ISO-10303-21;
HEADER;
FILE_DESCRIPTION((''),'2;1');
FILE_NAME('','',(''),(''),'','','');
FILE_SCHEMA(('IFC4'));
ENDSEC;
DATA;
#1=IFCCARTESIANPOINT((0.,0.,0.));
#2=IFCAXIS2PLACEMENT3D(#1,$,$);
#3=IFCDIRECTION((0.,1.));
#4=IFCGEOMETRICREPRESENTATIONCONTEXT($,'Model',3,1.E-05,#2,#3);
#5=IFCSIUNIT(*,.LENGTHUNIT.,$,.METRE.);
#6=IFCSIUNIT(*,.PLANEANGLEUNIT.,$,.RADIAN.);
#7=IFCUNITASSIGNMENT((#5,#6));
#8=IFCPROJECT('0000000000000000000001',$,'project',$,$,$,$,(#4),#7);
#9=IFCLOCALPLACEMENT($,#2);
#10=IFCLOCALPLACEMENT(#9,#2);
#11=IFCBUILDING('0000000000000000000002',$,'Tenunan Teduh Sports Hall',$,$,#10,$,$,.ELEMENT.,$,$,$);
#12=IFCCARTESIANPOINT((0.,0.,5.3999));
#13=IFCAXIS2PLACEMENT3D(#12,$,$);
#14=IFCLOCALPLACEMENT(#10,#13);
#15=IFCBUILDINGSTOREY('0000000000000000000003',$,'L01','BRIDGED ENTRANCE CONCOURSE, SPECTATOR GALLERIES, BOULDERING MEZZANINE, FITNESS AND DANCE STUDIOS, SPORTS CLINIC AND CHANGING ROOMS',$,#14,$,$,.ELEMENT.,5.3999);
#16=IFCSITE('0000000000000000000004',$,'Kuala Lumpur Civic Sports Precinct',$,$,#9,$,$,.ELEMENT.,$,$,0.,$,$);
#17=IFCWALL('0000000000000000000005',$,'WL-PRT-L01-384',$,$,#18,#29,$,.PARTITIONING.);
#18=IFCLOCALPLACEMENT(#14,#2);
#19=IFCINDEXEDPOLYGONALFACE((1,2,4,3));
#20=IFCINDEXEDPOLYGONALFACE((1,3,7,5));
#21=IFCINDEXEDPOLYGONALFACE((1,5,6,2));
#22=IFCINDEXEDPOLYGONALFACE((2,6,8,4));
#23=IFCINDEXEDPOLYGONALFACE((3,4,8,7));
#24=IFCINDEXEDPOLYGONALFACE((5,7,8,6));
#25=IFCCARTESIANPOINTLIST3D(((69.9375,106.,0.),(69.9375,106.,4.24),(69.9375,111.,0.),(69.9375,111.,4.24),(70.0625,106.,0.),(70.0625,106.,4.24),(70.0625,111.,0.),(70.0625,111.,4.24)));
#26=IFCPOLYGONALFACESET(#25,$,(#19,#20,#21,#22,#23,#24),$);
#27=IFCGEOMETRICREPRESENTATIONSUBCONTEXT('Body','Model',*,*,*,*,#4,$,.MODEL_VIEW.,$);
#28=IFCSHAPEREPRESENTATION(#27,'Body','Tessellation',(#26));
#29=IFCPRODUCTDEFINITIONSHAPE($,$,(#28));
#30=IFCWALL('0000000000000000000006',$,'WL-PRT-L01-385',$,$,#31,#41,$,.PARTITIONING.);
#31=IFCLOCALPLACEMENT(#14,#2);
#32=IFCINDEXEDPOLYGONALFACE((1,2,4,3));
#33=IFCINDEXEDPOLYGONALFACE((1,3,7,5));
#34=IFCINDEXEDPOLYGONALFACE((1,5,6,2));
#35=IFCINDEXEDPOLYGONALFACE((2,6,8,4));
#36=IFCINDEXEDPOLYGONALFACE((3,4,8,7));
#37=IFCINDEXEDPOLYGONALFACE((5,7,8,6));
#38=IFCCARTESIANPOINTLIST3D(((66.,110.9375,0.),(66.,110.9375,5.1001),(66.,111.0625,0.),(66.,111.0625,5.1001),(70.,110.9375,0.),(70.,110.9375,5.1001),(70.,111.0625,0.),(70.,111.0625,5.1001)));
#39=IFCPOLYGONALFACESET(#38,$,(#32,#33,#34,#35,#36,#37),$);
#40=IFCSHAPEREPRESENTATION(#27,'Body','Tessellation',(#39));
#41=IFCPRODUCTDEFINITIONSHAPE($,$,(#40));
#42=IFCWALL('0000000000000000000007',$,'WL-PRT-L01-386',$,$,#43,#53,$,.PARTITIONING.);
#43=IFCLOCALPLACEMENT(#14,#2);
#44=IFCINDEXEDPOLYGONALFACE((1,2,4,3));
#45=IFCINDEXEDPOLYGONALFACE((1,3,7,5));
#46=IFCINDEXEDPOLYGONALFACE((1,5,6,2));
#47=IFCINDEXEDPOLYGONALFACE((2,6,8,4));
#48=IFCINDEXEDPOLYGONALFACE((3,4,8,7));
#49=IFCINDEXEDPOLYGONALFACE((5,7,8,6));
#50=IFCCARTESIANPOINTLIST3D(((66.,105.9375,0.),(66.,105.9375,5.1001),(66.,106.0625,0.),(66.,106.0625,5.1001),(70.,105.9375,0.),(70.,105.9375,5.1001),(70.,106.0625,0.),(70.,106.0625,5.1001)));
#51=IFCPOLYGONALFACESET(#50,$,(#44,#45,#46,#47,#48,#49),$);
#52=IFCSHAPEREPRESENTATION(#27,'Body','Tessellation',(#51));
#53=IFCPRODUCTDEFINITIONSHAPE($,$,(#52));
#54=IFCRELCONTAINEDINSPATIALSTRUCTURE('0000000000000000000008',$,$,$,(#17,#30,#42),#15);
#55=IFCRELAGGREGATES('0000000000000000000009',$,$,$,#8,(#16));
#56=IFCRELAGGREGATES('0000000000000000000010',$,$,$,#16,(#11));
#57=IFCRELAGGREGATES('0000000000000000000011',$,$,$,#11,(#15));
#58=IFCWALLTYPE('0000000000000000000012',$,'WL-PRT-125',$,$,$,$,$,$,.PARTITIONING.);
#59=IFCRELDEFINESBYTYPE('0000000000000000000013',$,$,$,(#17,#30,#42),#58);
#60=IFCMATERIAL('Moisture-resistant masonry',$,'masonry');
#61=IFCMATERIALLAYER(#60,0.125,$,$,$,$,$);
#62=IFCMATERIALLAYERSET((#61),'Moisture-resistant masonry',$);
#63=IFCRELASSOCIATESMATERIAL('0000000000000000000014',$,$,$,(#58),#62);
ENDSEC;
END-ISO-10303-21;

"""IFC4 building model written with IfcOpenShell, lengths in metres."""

from ifc_helpers import new_model, si_unit, direction, frame, frame_2d, origin, place, context, subcontext, project, spatial, rectangle, extrude, material, layer, layer_set, type_object, element, save


model = new_model("IFC4")

# Units and contexts
model_context = context("Model", 3, precision=1e-05, world=origin(), true_north=direction((0.0, 1.0)))
body_context = subcontext(model_context, "Body", "Model", "MODEL_VIEW")
ifc_project = project(units=[si_unit("LENGTHUNIT", "METRE"), si_unit("PLANEANGLEUNIT", "RADIAN")], contexts=[model_context])

# Site, building, storey
site_placement = place(None, origin())
site = spatial("IfcSite", under=ifc_project, at=site_placement, Name="Kuala Lumpur Civic Sports Precinct", CompositionType="ELEMENT", RefElevation=0.0)
building_placement = place(site_placement, origin())
building = spatial("IfcBuilding", under=site, at=building_placement, Name="Tenunan Teduh Sports Hall", CompositionType="ELEMENT")
storey_placement = place(building_placement, frame((0.0, 0.0, 5.3999)))
storey = spatial("IfcBuildingStorey", under=building, at=storey_placement, Name="L01", Description="BRIDGED ENTRANCE CONCOURSE, SPECTATOR GALLERIES, BOULDERING MEZZANINE, FITNESS AND DANCE STUDIOS, SPORTS CLINIC AND CHANGING ROOMS", CompositionType="ELEMENT", Elevation=5.3999)

# Walls
ifc_material_1 = material(Name="Moisture-resistant masonry", Category="masonry")
ifc_layer_1 = layer(ifc_material_1, 0.125)
ifc_layer_set_1 = layer_set([ifc_layer_1], Name="Moisture-resistant masonry")
wall_type = type_object("IfcWallType", Name="WL-PRT-125", PredefinedType="PARTITIONING", material=ifc_layer_set_1)
wall_placement = place(storey_placement, frame((70.0, 106.0, 0.0), z_axis=(0.0, 0.0, 1.0), x_axis=(0.0, 1.0, 0.0)))
element("IfcWall", 1, at=wall_placement, inside=storey, type_object=wall_type, Name="WL-PRT-L01-384", PredefinedType="PARTITIONING", context=body_context, shape_type="SweptSolid", body=[
    extrude(rectangle(XDim=5.0, YDim=0.125, at=frame_2d((2.5, 0.0))), origin(), (0.0, 0.0, 1.0), 4.24),
])
for number, where, z_axis, x_axis, name in (
    (2, (66.0, 111.0, 0.0), (0.0, 0.0, 1.0), (1.0, 0.0, 0.0), "WL-PRT-L01-385"),
    (3, (66.0, 106.0, 0.0), (0.0, 0.0, 1.0), (1.0, 0.0, 0.0), "WL-PRT-L01-386"),
):
    element("IfcWall", number, at=place(storey_placement, frame(where, z_axis=z_axis, x_axis=x_axis)), inside=storey, type_object=wall_type, Name=name, PredefinedType="PARTITIONING", context=body_context, shape_type="SweptSolid", body=[
        extrude(rectangle(XDim=4.0, YDim=0.125, at=frame_2d((2.0, 0.0))), origin(), (0.0, 0.0, 1.0), 5.1001),
    ])

save(model, "model.ifc")
